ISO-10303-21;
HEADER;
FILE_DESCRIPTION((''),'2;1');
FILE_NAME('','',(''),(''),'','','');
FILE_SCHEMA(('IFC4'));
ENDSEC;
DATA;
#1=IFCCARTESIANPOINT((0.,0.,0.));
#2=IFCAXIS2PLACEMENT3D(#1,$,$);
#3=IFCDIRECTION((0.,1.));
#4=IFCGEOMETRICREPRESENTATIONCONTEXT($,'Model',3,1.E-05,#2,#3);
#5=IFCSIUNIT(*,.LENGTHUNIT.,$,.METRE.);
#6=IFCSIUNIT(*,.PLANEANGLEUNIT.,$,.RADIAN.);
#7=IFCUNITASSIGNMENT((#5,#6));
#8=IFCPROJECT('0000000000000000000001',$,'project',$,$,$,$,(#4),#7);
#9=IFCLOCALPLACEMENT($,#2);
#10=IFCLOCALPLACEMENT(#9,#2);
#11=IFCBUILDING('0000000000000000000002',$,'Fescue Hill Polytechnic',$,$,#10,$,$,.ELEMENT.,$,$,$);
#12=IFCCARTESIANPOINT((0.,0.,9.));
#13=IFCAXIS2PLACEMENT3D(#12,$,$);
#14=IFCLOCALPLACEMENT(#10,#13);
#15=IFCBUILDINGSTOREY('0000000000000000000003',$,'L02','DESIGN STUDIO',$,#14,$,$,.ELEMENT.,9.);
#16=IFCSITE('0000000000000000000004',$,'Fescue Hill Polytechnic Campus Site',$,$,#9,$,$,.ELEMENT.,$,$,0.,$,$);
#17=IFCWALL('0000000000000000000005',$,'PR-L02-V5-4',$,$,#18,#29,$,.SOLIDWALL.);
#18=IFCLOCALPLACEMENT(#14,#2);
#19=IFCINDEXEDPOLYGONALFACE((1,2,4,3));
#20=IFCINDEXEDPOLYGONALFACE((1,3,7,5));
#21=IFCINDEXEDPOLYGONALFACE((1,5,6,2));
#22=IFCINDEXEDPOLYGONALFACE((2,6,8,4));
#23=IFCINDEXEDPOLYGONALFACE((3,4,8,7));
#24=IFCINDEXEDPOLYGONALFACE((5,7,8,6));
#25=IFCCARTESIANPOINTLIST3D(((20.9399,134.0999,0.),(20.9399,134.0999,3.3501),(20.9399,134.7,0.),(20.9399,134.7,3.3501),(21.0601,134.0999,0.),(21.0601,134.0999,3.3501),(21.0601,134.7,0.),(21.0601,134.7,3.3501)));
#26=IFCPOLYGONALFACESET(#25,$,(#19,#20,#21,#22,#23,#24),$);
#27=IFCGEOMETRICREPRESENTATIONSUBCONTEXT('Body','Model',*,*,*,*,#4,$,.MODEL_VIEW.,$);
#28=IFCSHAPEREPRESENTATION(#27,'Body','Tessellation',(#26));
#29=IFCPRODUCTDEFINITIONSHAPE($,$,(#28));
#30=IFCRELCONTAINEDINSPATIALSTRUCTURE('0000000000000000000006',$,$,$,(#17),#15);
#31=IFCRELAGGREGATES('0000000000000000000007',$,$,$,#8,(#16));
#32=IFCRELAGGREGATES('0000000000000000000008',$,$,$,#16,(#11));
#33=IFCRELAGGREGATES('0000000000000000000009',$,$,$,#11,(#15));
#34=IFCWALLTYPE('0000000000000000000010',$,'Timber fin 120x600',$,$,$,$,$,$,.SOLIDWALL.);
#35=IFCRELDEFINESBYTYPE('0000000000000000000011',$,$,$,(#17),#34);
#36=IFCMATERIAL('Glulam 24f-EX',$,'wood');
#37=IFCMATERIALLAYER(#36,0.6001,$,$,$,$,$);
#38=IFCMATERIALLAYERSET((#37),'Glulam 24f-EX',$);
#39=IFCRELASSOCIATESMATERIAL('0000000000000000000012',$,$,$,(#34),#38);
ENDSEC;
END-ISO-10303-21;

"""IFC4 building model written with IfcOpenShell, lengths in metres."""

from ifc_helpers import new_model, si_unit, direction, frame, frame_2d, origin, place, context, subcontext, project, spatial, rectangle, extrude, material, layer, layer_set, type_object, element, save


model = new_model("IFC4")

# Units and contexts
model_context = context("Model", 3, precision=1e-05, world=origin(), true_north=direction((0.0, 1.0)))
body_context = subcontext(model_context, "Body", "Model", "MODEL_VIEW")
ifc_project = project(units=[si_unit("LENGTHUNIT", "METRE"), si_unit("PLANEANGLEUNIT", "RADIAN")], contexts=[model_context])

# Site, building, storey
site_placement = place(None, origin())
site = spatial("IfcSite", under=ifc_project, at=site_placement, Name="Fescue Hill Polytechnic Campus Site", CompositionType="ELEMENT", RefElevation=0.0)
building_placement = place(site_placement, origin())
building = spatial("IfcBuilding", under=site, at=building_placement, Name="Fescue Hill Polytechnic", CompositionType="ELEMENT")
storey_placement = place(building_placement, frame((0.0, 0.0, 9.0)))
storey = spatial("IfcBuildingStorey", under=building, at=storey_placement, Name="L02", Description="DESIGN STUDIO", CompositionType="ELEMENT", Elevation=9.0)

# Wall
ifc_material_1 = material(Name="Glulam 24f-EX", Category="wood")
ifc_layer_1 = layer(ifc_material_1, 0.6001)
ifc_layer_set_1 = layer_set([ifc_layer_1], Name="Glulam 24f-EX")
wall_type = type_object("IfcWallType", Name="Timber fin 120x600", PredefinedType="SOLIDWALL", material=ifc_layer_set_1)
wall_placement = place(storey_placement, frame((21.0601, 134.3999, 0.0), z_axis=(0.0, 0.0, 1.0), x_axis=(-1.0, 0.0, 0.0)))
element("IfcWall", 1, at=wall_placement, inside=storey, type_object=wall_type, Name="PR-L02-V5-4", PredefinedType="SOLIDWALL", context=body_context, shape_type="SweptSolid", body=[
    extrude(rectangle(XDim=0.1201, YDim=0.6001, at=frame_2d((0.0601, 0.0))), origin(), (0.0, 0.0, 1.0), 3.3501),
])

save(model, "model.ifc")
